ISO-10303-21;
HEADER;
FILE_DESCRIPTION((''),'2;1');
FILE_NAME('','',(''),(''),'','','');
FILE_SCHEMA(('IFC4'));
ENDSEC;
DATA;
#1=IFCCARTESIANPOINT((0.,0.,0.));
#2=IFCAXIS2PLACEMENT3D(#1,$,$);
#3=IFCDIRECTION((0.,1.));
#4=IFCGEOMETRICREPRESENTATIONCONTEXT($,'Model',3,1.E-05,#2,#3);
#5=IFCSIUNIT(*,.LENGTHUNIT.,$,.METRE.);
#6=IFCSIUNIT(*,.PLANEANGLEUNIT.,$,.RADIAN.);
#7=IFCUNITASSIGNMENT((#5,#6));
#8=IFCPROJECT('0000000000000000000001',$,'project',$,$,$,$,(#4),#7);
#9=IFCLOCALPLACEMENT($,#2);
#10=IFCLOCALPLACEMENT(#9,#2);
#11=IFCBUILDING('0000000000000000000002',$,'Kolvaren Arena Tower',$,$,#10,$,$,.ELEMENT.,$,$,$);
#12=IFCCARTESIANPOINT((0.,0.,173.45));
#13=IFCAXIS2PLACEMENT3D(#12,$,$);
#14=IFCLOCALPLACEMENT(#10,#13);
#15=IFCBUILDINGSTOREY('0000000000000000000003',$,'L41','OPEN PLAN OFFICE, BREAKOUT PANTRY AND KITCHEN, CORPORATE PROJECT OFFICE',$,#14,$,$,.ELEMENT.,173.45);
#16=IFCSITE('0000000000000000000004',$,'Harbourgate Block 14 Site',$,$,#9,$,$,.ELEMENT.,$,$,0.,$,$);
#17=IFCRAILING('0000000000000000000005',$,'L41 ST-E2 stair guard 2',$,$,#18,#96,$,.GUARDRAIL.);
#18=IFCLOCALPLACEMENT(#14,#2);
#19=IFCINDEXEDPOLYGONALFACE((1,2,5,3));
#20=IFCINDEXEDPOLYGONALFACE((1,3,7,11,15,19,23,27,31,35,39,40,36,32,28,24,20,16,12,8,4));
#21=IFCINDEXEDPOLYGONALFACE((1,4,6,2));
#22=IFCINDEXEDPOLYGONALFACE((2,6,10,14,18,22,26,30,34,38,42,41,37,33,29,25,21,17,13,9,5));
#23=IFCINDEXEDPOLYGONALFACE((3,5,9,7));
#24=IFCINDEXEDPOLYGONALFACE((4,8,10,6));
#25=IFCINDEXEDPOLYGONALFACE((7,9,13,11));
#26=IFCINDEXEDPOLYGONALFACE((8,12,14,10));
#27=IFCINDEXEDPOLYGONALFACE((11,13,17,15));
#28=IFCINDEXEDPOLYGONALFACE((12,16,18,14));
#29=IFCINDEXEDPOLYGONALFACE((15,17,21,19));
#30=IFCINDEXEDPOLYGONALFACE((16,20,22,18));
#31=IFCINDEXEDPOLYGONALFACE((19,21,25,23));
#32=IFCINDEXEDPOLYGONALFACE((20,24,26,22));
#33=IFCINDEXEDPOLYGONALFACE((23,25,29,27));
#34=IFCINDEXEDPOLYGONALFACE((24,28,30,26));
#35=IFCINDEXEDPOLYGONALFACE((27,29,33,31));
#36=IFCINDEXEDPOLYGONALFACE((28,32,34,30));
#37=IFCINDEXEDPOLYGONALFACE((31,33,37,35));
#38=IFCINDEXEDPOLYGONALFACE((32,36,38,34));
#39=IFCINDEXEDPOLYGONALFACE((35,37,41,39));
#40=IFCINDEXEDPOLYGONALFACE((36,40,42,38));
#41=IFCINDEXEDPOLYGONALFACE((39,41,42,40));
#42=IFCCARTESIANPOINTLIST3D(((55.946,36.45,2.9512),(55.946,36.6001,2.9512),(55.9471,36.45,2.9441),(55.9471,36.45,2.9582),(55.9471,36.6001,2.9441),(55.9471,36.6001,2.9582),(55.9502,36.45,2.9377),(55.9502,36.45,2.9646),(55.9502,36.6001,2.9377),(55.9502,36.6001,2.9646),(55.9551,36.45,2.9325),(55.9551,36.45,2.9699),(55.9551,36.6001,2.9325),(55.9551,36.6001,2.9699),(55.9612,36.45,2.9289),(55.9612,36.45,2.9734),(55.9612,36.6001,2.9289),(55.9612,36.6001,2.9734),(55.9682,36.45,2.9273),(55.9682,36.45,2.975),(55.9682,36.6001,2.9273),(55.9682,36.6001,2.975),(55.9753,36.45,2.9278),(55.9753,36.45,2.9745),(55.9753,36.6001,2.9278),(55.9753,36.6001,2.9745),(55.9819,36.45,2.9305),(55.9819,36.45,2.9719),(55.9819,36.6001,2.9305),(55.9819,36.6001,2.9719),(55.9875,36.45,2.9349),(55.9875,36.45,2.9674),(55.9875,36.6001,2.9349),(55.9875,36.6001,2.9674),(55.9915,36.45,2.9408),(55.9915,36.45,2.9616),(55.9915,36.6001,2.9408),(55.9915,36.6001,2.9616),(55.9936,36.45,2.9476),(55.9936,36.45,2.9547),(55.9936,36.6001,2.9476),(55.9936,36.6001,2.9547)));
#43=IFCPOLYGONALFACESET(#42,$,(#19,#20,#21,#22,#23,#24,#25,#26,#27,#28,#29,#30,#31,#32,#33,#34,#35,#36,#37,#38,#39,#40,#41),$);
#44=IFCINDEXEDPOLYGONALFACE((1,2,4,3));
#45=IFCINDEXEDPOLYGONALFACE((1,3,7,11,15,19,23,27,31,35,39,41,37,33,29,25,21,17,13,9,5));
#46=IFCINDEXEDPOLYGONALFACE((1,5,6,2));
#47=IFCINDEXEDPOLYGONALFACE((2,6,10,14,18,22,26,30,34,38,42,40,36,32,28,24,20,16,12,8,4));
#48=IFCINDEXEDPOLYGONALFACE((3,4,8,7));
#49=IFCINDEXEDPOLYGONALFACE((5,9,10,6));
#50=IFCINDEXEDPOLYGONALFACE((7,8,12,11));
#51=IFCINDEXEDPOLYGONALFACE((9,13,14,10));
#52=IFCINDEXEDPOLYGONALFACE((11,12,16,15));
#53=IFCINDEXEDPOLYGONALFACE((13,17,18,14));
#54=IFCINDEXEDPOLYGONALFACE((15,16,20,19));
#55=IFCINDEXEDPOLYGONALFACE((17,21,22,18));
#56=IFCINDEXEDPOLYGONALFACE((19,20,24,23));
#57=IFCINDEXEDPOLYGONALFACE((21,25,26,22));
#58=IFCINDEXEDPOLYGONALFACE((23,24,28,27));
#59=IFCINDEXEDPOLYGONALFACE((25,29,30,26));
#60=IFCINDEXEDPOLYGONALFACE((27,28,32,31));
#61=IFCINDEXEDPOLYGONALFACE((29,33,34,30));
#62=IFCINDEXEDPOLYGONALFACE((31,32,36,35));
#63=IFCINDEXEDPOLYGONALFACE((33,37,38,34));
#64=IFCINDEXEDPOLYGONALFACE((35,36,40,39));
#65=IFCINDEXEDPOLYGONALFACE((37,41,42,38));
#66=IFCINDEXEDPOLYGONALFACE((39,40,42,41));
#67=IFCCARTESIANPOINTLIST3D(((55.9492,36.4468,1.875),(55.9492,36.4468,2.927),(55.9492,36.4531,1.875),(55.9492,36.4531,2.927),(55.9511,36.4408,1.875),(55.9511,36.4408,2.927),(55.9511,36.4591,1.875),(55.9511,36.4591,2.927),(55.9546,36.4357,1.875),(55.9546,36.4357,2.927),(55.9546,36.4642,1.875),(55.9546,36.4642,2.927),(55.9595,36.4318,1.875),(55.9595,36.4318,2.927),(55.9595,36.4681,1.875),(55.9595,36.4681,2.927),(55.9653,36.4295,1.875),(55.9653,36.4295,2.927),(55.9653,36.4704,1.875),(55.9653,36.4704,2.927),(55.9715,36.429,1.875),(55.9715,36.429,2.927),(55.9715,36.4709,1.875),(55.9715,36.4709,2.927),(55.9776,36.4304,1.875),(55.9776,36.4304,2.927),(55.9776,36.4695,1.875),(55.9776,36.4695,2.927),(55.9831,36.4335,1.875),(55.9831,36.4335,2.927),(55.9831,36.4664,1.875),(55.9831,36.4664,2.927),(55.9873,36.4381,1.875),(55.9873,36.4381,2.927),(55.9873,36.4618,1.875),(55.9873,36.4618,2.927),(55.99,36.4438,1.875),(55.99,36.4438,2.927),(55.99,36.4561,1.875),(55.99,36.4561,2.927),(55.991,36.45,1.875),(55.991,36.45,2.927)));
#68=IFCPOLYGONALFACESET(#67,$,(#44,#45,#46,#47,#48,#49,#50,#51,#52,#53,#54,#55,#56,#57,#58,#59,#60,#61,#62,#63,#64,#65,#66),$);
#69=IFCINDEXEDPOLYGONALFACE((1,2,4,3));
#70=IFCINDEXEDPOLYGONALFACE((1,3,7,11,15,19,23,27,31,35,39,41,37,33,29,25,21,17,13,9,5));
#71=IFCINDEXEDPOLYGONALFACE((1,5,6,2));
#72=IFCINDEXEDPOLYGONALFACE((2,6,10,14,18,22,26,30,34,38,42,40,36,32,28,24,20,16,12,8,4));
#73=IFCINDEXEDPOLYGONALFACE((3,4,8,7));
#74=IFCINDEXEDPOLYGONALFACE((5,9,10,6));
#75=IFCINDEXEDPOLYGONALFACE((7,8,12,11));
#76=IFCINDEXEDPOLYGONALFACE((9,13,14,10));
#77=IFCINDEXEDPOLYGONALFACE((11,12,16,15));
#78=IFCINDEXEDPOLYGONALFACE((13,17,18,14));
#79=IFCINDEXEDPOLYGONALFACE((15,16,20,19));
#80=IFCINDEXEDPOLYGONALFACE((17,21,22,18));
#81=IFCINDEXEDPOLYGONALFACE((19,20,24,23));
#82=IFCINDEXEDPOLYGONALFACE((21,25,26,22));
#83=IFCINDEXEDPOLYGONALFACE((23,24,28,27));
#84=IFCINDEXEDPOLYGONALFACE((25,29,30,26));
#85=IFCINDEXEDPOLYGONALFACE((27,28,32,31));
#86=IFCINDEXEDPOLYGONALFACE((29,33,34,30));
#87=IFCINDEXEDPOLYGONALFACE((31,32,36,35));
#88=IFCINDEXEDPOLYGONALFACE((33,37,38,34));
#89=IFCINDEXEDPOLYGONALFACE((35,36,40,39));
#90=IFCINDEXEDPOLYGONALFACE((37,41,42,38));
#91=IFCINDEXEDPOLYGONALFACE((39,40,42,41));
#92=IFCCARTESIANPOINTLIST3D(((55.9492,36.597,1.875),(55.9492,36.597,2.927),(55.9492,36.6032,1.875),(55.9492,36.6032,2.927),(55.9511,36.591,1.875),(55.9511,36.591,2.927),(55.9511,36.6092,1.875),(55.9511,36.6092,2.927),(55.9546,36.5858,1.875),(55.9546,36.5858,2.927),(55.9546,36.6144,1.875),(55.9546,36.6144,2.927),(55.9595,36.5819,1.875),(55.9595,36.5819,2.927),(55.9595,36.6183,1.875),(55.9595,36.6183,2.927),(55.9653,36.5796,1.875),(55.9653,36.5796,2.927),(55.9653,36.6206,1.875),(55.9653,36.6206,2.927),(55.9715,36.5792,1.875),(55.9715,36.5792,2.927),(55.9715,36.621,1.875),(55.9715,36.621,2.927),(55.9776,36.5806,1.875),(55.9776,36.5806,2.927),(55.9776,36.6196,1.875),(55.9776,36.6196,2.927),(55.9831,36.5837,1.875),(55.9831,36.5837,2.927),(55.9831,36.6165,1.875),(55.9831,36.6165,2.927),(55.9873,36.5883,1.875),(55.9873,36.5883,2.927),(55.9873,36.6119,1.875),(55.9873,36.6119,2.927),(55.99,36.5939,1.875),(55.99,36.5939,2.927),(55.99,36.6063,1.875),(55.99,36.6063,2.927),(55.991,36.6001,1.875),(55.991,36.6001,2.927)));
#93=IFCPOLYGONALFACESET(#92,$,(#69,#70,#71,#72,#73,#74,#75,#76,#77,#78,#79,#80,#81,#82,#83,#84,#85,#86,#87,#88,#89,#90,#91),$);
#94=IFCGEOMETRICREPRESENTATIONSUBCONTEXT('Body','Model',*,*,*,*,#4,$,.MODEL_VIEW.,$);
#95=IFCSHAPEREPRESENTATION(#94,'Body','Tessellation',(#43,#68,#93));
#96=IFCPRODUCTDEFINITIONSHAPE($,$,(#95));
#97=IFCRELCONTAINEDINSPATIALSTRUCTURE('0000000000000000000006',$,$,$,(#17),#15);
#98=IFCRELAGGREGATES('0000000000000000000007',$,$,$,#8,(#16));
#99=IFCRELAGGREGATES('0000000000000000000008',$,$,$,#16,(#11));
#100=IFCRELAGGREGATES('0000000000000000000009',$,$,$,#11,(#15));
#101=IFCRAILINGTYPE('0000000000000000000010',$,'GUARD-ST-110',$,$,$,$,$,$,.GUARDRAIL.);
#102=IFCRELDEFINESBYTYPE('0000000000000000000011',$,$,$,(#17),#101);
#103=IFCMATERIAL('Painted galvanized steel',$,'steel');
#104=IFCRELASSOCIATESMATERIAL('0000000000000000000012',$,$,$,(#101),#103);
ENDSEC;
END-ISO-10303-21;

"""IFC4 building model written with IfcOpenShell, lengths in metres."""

from ifc_helpers import new_model, si_unit, direction, frame, origin, origin_2d, place, context, subcontext, project, spatial, circle, extrude, material, type_object, element, save


model = new_model("IFC4")

# Units and contexts
model_context = context("Model", 3, precision=1e-05, world=origin(), true_north=direction((0.0, 1.0)))
body_context = subcontext(model_context, "Body", "Model", "MODEL_VIEW")
ifc_project = project(units=[si_unit("LENGTHUNIT", "METRE"), si_unit("PLANEANGLEUNIT", "RADIAN")], contexts=[model_context])

# Site, building, storey
site_placement = place(None, origin())
site = spatial("IfcSite", under=ifc_project, at=site_placement, Name="Harbourgate Block 14 Site", CompositionType="ELEMENT", RefElevation=0.0)
building_placement = place(site_placement, origin())
building = spatial("IfcBuilding", under=site, at=building_placement, Name="Kolvaren Arena Tower", CompositionType="ELEMENT")
storey_placement = place(building_placement, frame((0.0, 0.0, 173.45)))
storey = spatial("IfcBuildingStorey", under=building, at=storey_placement, Name="L41", Description="OPEN PLAN OFFICE, BREAKOUT PANTRY AND KITCHEN, CORPORATE PROJECT OFFICE", CompositionType="ELEMENT", Elevation=173.45)

# Railing
ifc_material_1 = material(Name="Painted galvanized steel", Category="steel")
railing_type_1 = type_object("IfcRailingType", Name="GUARD-ST-110", PredefinedType="GUARDRAIL", material=ifc_material_1)
railing_1_placement = place(storey_placement, frame((55.97, 36.45, 1.875)))
element("IfcRailing", 1, at=railing_1_placement, inside=storey, type_object=railing_type_1, Name="L41 ST-E2 stair guard 2", PredefinedType="GUARDRAIL", context=body_context, shape_type="SweptSolid", body=[
    extrude(circle(Radius=0.0239, at=origin_2d()), frame((0.0, 0.0, 1.0762), z_axis=(0.0, 1.0, 0.0), x_axis=(-1.0, 0.0, 0.0)), (0.0, 0.0, 1.0), 0.1501),
    extrude(circle(Radius=0.021, at=origin_2d()), origin(), (0.0, 0.0, 1.0), 1.052),
    extrude(circle(Radius=0.021, at=origin_2d()), frame((0.0, 0.1501, 0.0)), (0.0, 0.0, 1.0), 1.052),
])

save(model, "model.ifc")
